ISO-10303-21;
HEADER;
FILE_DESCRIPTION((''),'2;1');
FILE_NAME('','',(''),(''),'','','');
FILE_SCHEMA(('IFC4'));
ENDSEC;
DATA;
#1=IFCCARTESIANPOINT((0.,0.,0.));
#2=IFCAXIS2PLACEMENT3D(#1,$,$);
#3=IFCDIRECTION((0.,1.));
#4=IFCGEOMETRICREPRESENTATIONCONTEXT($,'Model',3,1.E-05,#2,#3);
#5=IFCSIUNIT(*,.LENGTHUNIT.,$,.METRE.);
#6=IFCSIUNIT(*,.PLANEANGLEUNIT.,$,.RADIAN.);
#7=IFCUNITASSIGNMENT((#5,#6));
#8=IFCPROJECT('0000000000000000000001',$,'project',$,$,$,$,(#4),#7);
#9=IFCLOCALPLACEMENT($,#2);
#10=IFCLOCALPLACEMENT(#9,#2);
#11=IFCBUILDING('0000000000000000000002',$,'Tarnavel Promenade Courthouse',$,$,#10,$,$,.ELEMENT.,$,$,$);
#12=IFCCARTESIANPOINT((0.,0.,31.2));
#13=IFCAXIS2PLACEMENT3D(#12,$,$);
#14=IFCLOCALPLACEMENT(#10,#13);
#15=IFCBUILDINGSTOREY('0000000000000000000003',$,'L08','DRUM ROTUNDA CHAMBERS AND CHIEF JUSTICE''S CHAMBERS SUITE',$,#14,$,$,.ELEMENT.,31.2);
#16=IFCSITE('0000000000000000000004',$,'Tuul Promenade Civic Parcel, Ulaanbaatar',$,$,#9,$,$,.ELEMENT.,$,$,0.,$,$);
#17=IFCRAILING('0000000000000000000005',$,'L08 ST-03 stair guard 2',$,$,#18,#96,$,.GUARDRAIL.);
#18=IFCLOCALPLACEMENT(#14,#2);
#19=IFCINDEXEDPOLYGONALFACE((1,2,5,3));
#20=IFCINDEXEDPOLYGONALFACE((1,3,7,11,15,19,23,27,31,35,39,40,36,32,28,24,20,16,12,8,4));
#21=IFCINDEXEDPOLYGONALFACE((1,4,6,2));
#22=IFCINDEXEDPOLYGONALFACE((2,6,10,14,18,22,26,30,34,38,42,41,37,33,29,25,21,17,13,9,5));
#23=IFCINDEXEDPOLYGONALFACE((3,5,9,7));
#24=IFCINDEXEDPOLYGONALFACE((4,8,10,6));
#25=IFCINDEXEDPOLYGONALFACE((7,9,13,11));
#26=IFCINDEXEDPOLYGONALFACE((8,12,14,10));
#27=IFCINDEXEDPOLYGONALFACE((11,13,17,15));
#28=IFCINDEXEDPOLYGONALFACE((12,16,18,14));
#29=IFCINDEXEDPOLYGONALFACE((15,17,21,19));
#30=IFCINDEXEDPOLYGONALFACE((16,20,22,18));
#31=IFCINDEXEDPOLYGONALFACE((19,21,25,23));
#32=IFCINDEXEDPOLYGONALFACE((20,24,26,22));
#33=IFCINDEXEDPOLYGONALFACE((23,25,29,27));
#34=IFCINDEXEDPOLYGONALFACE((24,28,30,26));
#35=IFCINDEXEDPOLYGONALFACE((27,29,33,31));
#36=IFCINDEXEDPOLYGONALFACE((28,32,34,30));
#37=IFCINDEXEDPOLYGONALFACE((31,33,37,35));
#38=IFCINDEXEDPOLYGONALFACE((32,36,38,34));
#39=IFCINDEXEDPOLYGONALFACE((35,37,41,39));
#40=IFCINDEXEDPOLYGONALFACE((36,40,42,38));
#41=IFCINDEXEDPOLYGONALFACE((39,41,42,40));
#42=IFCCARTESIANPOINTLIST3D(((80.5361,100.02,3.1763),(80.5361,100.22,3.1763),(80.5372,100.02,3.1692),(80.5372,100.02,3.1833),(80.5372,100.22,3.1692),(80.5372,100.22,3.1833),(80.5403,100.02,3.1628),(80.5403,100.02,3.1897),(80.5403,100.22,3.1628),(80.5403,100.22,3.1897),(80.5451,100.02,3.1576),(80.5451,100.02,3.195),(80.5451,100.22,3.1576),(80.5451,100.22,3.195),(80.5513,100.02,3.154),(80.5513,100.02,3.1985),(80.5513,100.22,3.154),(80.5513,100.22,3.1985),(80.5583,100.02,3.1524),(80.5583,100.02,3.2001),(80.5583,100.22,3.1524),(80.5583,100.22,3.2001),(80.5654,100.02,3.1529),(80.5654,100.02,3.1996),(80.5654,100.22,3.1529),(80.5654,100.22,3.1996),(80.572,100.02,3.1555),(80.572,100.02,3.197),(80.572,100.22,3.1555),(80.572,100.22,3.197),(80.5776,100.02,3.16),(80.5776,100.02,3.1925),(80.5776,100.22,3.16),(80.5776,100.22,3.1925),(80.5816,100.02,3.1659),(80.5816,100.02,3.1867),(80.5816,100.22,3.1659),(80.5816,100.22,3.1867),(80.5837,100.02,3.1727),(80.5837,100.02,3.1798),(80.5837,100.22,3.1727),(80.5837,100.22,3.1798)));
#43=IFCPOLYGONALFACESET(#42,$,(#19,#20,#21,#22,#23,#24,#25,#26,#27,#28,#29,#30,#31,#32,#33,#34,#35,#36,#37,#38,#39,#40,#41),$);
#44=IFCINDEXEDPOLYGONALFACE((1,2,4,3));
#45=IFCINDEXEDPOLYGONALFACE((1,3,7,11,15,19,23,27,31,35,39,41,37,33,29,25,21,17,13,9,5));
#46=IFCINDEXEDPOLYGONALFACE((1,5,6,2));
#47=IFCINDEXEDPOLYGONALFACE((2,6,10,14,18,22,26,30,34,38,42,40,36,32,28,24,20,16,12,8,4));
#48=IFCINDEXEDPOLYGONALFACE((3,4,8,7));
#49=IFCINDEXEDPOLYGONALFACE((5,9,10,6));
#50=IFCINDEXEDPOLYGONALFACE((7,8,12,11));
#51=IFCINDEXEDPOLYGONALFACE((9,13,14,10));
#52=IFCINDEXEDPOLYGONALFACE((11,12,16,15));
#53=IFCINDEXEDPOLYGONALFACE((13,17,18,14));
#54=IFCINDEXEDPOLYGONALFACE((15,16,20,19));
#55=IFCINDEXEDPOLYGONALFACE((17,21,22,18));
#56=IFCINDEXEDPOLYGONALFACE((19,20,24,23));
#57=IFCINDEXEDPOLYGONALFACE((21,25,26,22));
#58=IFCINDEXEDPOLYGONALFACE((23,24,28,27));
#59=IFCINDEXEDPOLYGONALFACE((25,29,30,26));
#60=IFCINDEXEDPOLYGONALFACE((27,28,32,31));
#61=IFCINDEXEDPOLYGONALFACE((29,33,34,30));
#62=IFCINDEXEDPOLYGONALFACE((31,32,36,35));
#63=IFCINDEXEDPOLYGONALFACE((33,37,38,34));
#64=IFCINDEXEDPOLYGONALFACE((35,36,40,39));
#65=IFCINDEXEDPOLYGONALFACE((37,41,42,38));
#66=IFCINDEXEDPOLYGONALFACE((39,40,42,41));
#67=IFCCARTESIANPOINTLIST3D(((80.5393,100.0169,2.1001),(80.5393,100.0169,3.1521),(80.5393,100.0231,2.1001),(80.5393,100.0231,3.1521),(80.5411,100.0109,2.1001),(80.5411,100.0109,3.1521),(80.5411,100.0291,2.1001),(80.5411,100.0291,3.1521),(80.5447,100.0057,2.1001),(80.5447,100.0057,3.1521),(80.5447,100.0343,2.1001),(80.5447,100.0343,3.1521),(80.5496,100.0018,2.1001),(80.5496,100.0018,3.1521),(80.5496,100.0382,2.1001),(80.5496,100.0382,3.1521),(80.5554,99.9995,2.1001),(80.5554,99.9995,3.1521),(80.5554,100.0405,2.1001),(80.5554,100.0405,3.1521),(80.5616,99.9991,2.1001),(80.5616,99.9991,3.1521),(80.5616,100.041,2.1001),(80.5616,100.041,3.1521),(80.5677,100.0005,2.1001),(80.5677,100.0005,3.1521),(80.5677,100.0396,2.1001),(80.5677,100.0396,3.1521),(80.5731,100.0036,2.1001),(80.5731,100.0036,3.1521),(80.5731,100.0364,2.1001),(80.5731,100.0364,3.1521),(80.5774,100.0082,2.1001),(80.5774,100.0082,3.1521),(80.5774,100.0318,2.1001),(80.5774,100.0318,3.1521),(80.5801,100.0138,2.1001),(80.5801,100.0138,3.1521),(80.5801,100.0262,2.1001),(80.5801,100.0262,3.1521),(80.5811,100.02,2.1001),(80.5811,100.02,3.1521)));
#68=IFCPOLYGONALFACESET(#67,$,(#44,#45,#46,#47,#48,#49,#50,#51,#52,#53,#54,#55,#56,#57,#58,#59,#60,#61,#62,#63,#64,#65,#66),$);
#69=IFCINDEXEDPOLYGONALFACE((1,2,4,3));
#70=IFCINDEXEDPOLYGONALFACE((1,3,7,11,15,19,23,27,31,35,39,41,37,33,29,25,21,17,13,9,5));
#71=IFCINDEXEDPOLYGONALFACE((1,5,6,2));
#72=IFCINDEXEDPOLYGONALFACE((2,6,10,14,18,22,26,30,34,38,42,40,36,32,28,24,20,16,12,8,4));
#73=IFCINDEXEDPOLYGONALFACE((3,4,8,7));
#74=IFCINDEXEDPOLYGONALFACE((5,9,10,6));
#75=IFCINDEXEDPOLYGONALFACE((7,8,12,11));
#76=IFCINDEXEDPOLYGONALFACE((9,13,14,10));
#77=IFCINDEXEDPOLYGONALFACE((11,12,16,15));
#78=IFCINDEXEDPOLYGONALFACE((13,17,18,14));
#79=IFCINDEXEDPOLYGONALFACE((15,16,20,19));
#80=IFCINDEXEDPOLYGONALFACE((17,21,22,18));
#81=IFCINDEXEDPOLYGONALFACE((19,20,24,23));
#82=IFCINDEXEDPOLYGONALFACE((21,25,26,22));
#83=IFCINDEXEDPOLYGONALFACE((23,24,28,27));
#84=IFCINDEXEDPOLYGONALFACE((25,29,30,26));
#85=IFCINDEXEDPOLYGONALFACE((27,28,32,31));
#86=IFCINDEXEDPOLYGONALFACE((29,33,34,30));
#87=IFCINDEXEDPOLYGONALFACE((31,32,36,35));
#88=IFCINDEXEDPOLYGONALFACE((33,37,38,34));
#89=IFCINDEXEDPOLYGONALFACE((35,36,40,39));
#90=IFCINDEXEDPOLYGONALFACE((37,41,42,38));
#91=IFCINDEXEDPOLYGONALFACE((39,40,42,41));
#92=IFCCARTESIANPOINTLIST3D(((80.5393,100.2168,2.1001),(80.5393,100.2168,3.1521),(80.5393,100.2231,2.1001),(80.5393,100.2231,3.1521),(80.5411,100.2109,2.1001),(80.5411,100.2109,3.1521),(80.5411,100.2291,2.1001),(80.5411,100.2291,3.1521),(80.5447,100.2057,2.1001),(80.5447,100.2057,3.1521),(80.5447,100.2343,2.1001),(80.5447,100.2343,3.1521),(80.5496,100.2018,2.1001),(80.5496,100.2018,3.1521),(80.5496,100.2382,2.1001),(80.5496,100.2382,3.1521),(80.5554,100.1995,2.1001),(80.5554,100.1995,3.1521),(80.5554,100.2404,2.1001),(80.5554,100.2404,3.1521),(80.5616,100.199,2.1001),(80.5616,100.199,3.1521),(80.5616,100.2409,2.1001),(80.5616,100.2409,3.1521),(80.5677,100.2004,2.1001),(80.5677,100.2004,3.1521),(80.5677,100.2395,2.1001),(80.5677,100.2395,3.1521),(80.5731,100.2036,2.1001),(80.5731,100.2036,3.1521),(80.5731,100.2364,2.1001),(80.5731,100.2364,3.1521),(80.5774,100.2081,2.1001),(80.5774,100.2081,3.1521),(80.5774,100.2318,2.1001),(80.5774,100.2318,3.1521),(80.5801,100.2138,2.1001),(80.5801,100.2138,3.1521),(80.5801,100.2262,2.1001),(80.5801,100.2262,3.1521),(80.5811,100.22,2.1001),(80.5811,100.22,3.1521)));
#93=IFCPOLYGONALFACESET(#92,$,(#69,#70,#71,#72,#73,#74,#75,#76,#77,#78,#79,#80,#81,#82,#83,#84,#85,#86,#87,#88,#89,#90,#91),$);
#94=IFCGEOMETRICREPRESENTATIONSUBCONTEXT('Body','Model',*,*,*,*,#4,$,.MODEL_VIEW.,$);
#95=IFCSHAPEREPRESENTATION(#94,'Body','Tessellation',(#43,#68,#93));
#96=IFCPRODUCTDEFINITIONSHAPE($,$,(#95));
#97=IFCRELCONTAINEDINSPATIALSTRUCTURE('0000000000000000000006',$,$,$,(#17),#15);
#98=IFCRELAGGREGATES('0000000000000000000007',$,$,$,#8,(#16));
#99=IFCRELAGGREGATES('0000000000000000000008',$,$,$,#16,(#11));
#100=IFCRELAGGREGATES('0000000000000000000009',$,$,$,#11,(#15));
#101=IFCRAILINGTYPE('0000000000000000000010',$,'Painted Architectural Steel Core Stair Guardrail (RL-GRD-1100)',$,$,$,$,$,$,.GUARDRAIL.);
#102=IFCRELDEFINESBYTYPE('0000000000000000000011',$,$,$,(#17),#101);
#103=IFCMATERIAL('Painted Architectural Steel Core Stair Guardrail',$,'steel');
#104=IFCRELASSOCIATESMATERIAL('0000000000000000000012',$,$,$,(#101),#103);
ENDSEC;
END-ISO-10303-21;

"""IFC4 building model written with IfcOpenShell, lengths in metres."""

from ifc_helpers import new_model, si_unit, direction, frame, origin, origin_2d, place, context, subcontext, project, spatial, circle, extrude, material, type_object, element, save


model = new_model("IFC4")

# Units and contexts
model_context = context("Model", 3, precision=1e-05, world=origin(), true_north=direction((0.0, 1.0)))
body_context = subcontext(model_context, "Body", "Model", "MODEL_VIEW")
ifc_project = project(units=[si_unit("LENGTHUNIT", "METRE"), si_unit("PLANEANGLEUNIT", "RADIAN")], contexts=[model_context])

# Site, building, storey
site_placement = place(None, origin())
site = spatial("IfcSite", under=ifc_project, at=site_placement, Name="Tuul Promenade Civic Parcel, Ulaanbaatar", CompositionType="ELEMENT", RefElevation=0.0)
building_placement = place(site_placement, origin())
building = spatial("IfcBuilding", under=site, at=building_placement, Name="Tarnavel Promenade Courthouse", CompositionType="ELEMENT")
storey_placement = place(building_placement, frame((0.0, 0.0, 31.2)))
storey = spatial("IfcBuildingStorey", under=building, at=storey_placement, Name="L08", Description="DRUM ROTUNDA CHAMBERS AND CHIEF JUSTICE'S CHAMBERS SUITE", CompositionType="ELEMENT", Elevation=31.2)

# Railing
ifc_material_1 = material(Name="Painted Architectural Steel Core Stair Guardrail", Category="steel")
railing_type_1 = type_object("IfcRailingType", Name="Painted Architectural Steel Core Stair Guardrail (RL-GRD-1100)", PredefinedType="GUARDRAIL", material=ifc_material_1)
railing_1_placement = place(storey_placement, frame((80.5601, 100.02, 2.1001)))
element("IfcRailing", 1, at=railing_1_placement, inside=storey, type_object=railing_type_1, Name="L08 ST-03 stair guard 2", PredefinedType="GUARDRAIL", context=body_context, shape_type="SweptSolid", body=[
    extrude(circle(Radius=0.0239, at=origin_2d()), frame((0.0, 0.0, 1.0762), z_axis=(0.0, 1.0, 0.0), x_axis=(-1.0, 0.0, 0.0)), (0.0, 0.0, 1.0), 0.2),
    extrude(circle(Radius=0.021, at=origin_2d()), origin(), (0.0, 0.0, 1.0), 1.052),
    extrude(circle(Radius=0.021, at=origin_2d()), frame((0.0, 0.2, 0.0)), (0.0, 0.0, 1.0), 1.052),
])

save(model, "model.ifc")
